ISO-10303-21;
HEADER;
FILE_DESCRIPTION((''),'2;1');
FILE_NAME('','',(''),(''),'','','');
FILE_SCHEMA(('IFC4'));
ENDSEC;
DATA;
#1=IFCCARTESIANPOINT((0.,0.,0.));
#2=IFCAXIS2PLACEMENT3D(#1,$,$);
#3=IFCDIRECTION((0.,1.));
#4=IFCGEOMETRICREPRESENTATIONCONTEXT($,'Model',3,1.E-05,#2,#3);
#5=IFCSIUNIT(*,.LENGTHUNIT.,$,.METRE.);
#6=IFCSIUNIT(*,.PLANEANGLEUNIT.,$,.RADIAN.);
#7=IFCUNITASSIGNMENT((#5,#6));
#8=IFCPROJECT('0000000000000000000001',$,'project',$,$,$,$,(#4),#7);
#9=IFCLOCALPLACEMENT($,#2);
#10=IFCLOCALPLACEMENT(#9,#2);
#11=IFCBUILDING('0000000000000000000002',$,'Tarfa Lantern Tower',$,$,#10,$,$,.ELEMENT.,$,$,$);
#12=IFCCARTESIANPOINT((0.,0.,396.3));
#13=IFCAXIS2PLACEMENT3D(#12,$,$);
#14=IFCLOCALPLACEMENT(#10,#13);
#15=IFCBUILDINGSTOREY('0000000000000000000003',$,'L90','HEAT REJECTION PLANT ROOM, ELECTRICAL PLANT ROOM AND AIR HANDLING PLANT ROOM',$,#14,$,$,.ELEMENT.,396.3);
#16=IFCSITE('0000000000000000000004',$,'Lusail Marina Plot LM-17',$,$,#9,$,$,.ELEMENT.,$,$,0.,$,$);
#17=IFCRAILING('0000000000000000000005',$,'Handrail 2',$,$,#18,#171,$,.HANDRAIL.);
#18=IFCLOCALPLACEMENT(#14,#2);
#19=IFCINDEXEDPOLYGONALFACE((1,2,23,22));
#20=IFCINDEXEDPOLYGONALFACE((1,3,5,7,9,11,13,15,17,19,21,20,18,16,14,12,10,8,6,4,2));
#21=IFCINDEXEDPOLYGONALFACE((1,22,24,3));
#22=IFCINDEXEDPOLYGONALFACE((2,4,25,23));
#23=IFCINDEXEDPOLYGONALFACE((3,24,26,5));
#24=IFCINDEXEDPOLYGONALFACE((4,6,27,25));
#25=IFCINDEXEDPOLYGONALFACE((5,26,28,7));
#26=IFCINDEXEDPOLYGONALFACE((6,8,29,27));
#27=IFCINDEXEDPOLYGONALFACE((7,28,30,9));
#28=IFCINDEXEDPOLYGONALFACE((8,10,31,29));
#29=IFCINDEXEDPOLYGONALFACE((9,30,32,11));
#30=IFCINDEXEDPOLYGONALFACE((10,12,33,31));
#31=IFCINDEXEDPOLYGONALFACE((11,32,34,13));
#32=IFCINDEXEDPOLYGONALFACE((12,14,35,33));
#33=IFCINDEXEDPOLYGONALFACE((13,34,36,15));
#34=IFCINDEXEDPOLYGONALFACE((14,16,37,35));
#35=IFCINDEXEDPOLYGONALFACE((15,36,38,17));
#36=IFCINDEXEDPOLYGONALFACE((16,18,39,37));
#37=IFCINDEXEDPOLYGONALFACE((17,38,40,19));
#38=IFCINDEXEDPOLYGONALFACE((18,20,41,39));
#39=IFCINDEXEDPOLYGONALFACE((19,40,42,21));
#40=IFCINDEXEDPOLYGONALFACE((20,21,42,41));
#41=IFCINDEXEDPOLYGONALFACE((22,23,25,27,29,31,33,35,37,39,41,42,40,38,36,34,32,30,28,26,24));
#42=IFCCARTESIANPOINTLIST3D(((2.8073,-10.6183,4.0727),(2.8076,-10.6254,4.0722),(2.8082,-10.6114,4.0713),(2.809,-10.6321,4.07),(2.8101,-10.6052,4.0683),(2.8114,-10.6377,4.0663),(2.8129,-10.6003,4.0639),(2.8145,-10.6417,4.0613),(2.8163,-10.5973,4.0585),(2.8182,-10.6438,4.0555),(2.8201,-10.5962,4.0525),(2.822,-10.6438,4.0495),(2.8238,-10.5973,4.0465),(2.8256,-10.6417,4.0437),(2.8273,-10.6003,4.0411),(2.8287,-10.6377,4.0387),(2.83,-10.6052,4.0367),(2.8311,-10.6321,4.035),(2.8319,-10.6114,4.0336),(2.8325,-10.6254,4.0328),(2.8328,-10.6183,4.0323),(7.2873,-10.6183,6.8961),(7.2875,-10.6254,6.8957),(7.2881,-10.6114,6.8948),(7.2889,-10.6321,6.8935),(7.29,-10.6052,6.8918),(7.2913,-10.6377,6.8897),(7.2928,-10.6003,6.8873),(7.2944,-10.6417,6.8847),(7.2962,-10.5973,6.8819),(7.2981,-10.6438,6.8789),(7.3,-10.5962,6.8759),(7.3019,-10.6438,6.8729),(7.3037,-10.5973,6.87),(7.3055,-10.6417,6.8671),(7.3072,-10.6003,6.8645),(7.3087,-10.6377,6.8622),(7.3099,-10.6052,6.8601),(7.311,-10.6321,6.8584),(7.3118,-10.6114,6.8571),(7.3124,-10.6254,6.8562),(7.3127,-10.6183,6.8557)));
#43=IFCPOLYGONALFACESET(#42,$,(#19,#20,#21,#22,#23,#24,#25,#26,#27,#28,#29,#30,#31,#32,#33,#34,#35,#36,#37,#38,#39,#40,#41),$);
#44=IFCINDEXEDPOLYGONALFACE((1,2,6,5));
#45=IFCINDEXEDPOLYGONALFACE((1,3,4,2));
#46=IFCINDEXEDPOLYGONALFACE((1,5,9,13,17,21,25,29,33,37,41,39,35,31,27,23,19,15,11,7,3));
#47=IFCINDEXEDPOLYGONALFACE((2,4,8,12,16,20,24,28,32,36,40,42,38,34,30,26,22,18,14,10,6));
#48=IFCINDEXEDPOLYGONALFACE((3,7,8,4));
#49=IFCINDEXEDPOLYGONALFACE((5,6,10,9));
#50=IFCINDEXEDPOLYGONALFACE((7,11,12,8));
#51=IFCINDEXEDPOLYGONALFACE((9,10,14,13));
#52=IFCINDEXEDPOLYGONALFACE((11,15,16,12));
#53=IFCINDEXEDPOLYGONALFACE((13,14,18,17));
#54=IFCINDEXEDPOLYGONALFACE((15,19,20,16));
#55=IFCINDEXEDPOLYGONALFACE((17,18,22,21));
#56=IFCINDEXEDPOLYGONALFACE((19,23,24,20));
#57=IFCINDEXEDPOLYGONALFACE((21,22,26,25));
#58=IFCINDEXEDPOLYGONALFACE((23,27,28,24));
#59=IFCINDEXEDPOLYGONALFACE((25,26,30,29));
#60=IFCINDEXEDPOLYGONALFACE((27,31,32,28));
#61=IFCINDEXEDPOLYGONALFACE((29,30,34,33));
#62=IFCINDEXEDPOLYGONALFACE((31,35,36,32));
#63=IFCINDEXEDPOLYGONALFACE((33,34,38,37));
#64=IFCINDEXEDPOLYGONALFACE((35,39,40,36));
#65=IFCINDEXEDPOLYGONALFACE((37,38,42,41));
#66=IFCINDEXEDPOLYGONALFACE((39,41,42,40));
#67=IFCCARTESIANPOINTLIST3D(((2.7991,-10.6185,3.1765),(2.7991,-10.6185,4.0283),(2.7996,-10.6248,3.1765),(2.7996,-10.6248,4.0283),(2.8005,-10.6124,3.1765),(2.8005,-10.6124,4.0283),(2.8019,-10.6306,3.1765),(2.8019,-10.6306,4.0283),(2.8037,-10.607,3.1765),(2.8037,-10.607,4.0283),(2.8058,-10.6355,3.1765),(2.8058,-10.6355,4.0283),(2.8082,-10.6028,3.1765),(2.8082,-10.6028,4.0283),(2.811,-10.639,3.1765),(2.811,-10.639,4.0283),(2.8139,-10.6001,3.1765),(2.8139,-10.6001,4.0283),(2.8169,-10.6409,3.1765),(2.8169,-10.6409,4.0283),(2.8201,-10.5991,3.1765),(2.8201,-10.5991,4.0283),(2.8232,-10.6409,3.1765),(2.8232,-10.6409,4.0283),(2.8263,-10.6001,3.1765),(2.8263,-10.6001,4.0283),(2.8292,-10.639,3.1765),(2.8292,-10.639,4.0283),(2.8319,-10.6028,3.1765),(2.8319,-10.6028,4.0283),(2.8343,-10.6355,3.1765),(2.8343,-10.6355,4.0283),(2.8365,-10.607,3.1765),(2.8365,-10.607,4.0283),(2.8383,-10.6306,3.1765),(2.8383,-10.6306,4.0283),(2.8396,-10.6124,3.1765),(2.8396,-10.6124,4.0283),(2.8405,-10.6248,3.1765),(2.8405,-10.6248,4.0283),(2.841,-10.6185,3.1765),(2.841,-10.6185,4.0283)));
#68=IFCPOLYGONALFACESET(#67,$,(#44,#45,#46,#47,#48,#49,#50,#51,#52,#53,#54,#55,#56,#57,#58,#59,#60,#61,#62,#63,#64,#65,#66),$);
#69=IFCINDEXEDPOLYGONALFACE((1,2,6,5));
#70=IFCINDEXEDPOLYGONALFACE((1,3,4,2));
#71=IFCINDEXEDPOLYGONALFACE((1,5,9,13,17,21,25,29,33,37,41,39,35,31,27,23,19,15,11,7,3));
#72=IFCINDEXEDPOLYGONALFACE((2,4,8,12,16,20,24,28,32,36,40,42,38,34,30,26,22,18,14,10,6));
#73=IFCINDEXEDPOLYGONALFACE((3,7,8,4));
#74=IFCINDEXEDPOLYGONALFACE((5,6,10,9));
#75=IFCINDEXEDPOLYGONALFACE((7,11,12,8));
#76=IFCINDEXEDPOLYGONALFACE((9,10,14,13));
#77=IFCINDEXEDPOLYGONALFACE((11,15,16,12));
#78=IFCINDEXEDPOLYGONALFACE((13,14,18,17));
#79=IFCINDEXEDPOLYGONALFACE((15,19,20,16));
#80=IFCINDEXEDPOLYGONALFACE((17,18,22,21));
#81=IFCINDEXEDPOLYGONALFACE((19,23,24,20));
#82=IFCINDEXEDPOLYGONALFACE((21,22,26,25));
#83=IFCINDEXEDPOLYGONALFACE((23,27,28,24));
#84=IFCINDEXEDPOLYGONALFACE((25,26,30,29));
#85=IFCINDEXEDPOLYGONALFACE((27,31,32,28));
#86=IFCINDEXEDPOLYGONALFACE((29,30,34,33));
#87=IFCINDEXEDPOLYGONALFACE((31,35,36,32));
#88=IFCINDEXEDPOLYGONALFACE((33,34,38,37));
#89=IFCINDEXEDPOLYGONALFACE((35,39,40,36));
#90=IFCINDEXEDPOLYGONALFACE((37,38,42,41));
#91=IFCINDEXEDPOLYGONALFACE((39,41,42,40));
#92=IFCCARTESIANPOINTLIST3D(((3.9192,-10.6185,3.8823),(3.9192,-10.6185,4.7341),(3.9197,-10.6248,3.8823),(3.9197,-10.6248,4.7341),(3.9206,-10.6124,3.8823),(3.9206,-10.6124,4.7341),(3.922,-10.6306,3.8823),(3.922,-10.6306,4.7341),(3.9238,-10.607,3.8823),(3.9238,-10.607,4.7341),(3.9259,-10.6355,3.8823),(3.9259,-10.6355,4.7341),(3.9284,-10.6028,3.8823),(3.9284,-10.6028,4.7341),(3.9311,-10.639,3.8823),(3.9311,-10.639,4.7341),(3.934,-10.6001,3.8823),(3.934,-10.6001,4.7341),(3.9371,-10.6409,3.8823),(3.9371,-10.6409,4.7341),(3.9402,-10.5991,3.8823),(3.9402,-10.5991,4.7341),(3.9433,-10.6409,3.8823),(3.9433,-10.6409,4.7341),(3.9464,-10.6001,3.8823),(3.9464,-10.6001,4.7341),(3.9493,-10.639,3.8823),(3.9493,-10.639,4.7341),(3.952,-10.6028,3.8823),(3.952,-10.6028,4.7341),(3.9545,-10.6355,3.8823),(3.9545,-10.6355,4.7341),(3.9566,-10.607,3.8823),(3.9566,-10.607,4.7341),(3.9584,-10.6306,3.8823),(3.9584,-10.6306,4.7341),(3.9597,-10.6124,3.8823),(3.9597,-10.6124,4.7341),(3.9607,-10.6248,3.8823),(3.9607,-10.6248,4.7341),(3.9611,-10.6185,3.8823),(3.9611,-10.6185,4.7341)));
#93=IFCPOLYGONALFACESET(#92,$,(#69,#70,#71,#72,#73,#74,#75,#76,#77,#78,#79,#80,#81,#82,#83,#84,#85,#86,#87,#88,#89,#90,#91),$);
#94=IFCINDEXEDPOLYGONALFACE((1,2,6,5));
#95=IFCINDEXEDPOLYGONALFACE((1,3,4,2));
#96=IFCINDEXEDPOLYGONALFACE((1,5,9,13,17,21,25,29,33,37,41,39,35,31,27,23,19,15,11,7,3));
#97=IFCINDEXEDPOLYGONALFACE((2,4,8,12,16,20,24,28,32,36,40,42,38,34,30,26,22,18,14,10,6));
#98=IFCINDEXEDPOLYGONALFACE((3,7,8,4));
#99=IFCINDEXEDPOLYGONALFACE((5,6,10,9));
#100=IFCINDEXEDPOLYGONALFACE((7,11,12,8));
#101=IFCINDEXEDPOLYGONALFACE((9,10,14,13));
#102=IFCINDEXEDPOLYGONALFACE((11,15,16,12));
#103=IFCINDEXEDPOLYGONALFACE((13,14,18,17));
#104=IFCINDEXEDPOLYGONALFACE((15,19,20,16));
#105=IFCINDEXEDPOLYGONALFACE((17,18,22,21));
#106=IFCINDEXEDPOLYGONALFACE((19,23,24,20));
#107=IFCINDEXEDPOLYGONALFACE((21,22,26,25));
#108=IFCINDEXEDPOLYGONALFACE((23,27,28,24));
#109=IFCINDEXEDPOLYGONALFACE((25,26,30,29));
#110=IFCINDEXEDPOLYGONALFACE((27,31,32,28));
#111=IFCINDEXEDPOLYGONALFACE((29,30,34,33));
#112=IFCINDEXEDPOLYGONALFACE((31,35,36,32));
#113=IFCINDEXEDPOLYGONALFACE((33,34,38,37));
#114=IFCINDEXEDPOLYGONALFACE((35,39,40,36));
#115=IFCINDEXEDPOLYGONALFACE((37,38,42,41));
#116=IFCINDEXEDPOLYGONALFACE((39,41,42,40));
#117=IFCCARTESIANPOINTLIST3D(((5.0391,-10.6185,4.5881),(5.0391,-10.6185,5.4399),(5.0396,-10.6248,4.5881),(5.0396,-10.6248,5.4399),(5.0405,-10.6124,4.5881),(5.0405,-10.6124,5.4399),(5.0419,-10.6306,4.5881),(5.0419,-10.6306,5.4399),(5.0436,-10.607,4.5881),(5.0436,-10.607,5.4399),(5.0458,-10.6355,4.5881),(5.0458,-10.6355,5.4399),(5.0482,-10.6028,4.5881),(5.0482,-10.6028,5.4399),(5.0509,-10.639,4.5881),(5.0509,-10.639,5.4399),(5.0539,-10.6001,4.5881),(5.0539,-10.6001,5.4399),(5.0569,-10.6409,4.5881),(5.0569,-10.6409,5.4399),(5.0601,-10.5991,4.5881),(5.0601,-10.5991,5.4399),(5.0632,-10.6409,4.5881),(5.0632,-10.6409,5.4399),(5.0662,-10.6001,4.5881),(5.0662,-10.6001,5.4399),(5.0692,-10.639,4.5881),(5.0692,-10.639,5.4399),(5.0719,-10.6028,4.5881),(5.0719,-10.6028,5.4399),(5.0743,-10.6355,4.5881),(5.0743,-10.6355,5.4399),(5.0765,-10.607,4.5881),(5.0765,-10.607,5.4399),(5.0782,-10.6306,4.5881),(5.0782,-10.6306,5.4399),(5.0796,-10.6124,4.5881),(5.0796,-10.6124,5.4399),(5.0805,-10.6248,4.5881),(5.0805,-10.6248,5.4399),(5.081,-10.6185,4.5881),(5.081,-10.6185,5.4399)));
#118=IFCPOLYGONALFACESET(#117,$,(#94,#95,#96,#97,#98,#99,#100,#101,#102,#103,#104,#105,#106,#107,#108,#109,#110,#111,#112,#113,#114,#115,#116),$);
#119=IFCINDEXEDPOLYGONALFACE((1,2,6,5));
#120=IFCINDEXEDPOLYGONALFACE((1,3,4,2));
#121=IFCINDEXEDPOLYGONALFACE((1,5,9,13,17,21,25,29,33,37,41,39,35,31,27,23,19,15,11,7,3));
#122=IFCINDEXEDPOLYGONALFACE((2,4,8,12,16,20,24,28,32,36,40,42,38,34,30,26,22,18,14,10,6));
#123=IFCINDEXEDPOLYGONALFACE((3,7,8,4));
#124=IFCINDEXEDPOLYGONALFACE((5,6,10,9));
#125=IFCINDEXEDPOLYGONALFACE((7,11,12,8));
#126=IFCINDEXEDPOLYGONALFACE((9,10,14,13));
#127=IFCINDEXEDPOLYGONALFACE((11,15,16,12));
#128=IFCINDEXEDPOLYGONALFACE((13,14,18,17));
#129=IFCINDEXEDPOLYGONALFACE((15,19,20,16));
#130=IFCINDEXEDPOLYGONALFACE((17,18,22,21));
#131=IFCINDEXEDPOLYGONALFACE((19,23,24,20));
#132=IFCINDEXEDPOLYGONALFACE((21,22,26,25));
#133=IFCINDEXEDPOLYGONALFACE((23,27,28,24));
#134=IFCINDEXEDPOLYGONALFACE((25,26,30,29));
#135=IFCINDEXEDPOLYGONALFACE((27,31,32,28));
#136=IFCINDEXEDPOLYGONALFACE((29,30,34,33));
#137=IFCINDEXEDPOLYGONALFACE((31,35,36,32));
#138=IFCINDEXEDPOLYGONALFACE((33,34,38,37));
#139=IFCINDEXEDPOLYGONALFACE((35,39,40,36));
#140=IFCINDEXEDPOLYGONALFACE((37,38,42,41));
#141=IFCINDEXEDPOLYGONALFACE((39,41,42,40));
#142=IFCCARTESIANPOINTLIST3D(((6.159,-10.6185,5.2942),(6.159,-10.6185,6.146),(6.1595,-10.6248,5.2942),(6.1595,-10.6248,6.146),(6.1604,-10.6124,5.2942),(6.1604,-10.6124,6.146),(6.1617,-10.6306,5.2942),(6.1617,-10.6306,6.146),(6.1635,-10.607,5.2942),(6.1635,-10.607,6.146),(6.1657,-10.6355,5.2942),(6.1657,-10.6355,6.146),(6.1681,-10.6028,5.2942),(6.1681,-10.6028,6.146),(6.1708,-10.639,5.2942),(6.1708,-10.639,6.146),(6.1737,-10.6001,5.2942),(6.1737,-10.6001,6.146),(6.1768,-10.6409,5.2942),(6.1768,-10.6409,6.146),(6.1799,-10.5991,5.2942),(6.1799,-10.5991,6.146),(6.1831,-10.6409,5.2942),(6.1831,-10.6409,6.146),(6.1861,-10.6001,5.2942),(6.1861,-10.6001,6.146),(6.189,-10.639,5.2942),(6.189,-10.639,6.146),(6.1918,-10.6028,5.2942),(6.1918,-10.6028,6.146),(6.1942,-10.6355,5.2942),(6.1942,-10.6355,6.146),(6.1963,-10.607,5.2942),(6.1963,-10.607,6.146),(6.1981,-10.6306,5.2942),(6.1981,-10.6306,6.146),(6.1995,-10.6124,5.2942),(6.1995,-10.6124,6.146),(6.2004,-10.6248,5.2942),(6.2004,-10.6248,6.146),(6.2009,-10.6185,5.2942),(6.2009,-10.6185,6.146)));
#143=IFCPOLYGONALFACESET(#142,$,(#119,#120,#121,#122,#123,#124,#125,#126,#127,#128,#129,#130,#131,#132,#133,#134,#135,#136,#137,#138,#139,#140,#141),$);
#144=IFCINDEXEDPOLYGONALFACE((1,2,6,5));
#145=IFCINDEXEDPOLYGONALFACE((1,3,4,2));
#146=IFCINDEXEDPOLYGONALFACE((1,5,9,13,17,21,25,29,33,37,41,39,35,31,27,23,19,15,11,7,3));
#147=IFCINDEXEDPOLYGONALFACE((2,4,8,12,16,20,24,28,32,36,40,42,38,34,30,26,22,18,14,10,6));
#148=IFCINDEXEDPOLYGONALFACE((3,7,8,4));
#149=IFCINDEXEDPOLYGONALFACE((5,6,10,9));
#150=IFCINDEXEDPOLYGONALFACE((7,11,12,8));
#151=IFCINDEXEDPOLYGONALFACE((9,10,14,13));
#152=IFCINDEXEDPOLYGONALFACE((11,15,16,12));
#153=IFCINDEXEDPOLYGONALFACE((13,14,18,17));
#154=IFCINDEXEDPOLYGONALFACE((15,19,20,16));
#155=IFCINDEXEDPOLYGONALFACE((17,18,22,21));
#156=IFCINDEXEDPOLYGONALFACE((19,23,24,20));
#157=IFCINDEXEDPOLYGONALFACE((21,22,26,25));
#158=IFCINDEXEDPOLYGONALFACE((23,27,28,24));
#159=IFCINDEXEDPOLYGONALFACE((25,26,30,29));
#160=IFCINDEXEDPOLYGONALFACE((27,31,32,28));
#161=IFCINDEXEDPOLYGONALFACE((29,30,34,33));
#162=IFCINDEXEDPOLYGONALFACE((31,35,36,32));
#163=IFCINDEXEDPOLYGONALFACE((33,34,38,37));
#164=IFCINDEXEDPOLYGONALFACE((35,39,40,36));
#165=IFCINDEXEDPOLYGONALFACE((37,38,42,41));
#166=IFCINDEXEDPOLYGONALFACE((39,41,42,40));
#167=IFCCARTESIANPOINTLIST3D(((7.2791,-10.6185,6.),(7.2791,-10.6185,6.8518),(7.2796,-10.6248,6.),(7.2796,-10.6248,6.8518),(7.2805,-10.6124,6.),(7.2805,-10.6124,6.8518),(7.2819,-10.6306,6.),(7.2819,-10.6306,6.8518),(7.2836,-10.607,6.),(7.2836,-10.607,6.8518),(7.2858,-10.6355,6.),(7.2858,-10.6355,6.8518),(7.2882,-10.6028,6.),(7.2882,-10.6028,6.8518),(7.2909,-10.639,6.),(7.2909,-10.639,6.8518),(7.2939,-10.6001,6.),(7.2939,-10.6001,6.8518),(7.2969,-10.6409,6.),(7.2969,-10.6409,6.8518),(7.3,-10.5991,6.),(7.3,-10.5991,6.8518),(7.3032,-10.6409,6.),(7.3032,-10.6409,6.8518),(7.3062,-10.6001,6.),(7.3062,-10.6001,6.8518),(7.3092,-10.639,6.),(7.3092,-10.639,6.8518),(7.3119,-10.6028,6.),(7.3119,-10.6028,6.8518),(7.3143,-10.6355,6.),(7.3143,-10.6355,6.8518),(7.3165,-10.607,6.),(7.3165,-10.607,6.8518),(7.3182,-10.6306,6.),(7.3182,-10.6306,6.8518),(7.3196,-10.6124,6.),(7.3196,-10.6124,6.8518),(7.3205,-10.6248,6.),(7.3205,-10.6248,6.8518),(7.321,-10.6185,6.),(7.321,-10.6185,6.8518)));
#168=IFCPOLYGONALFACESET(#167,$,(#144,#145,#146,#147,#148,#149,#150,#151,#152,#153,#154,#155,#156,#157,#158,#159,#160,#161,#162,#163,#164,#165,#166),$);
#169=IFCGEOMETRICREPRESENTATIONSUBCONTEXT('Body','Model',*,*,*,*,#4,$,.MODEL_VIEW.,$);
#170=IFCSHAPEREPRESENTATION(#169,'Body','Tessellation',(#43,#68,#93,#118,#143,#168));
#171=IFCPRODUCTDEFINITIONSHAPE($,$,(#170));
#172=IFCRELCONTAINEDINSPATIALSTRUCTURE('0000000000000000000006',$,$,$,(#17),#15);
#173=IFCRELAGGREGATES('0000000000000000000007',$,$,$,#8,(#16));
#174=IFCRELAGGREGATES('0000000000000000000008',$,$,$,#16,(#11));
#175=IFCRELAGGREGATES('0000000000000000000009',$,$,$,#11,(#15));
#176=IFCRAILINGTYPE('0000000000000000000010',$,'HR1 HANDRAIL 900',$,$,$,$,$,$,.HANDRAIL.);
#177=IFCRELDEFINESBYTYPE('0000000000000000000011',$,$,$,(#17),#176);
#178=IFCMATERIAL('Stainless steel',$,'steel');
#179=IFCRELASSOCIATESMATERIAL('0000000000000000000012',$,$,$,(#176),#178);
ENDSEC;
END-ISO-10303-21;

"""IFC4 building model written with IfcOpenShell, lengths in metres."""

from ifc_helpers import new_model, si_unit, direction, frame, origin, origin_2d, place, context, subcontext, project, spatial, circle, extrude, material, type_object, element, save


model = new_model("IFC4")

# Units and contexts
model_context = context("Model", 3, precision=1e-05, world=origin(), true_north=direction((0.0, 1.0)))
body_context = subcontext(model_context, "Body", "Model", "MODEL_VIEW")
ifc_project = project(units=[si_unit("LENGTHUNIT", "METRE"), si_unit("PLANEANGLEUNIT", "RADIAN")], contexts=[model_context])

# Site, building, storey
site_placement = place(None, origin())
site = spatial("IfcSite", under=ifc_project, at=site_placement, Name="Lusail Marina Plot LM-17", CompositionType="ELEMENT", RefElevation=0.0)
building_placement = place(site_placement, origin())
building = spatial("IfcBuilding", under=site, at=building_placement, Name="Tarfa Lantern Tower", CompositionType="ELEMENT")
storey_placement = place(building_placement, frame((0.0, 0.0, 396.3)))
storey = spatial("IfcBuildingStorey", under=building, at=storey_placement, Name="L90", Description="HEAT REJECTION PLANT ROOM, ELECTRICAL PLANT ROOM AND AIR HANDLING PLANT ROOM", CompositionType="ELEMENT", Elevation=396.3)

# Railing
ifc_material_1 = material(Name="Stainless steel", Category="steel")
railing_type = type_object("IfcRailingType", Name="HR1 HANDRAIL 900", PredefinedType="HANDRAIL", material=ifc_material_1)
railing_placement = place(storey_placement, frame((2.8201, -10.6201, 3.1765)))
element("IfcRailing", 1, at=railing_placement, inside=storey, type_object=railing_type, Name="Handrail 2", PredefinedType="HANDRAIL", context=body_context, shape_type="SweptSolid", body=[
    extrude(circle(Radius=0.0239, at=origin_2d()), frame((0.0, 0.0, 0.876), z_axis=(0.845998, 0.0, 0.533186), x_axis=(0.0, 1.0, 0.0)), (0.0, 0.0, 1.0), 5.2954),
    extrude(circle(Radius=0.021, at=origin_2d()), frame((0.0, 0.0, 0.0), z_axis=(0.0, 0.0, 1.0), x_axis=(0.0, 1.0, 0.0)), (0.0, 0.0, 1.0), 0.8518),
    extrude(circle(Radius=0.021, at=origin_2d()), frame((1.1201, 0.0, 0.7058), z_axis=(0.0, 0.0, 1.0), x_axis=(0.0, 1.0, 0.0)), (0.0, 0.0, 1.0), 0.8518),
    extrude(circle(Radius=0.021, at=origin_2d()), frame((2.24, 0.0, 1.4116), z_axis=(0.0, 0.0, 1.0), x_axis=(0.0, 1.0, 0.0)), (0.0, 0.0, 1.0), 0.8518),
    extrude(circle(Radius=0.021, at=origin_2d()), frame((3.3599, 0.0, 2.1177), z_axis=(0.0, 0.0, 1.0), x_axis=(0.0, 1.0, 0.0)), (0.0, 0.0, 1.0), 0.8518),
    extrude(circle(Radius=0.021, at=origin_2d()), frame((4.48, 0.0, 2.8235), z_axis=(0.0, 0.0, 1.0), x_axis=(0.0, 1.0, 0.0)), (0.0, 0.0, 1.0), 0.8518),
])

save(model, "model.ifc")
